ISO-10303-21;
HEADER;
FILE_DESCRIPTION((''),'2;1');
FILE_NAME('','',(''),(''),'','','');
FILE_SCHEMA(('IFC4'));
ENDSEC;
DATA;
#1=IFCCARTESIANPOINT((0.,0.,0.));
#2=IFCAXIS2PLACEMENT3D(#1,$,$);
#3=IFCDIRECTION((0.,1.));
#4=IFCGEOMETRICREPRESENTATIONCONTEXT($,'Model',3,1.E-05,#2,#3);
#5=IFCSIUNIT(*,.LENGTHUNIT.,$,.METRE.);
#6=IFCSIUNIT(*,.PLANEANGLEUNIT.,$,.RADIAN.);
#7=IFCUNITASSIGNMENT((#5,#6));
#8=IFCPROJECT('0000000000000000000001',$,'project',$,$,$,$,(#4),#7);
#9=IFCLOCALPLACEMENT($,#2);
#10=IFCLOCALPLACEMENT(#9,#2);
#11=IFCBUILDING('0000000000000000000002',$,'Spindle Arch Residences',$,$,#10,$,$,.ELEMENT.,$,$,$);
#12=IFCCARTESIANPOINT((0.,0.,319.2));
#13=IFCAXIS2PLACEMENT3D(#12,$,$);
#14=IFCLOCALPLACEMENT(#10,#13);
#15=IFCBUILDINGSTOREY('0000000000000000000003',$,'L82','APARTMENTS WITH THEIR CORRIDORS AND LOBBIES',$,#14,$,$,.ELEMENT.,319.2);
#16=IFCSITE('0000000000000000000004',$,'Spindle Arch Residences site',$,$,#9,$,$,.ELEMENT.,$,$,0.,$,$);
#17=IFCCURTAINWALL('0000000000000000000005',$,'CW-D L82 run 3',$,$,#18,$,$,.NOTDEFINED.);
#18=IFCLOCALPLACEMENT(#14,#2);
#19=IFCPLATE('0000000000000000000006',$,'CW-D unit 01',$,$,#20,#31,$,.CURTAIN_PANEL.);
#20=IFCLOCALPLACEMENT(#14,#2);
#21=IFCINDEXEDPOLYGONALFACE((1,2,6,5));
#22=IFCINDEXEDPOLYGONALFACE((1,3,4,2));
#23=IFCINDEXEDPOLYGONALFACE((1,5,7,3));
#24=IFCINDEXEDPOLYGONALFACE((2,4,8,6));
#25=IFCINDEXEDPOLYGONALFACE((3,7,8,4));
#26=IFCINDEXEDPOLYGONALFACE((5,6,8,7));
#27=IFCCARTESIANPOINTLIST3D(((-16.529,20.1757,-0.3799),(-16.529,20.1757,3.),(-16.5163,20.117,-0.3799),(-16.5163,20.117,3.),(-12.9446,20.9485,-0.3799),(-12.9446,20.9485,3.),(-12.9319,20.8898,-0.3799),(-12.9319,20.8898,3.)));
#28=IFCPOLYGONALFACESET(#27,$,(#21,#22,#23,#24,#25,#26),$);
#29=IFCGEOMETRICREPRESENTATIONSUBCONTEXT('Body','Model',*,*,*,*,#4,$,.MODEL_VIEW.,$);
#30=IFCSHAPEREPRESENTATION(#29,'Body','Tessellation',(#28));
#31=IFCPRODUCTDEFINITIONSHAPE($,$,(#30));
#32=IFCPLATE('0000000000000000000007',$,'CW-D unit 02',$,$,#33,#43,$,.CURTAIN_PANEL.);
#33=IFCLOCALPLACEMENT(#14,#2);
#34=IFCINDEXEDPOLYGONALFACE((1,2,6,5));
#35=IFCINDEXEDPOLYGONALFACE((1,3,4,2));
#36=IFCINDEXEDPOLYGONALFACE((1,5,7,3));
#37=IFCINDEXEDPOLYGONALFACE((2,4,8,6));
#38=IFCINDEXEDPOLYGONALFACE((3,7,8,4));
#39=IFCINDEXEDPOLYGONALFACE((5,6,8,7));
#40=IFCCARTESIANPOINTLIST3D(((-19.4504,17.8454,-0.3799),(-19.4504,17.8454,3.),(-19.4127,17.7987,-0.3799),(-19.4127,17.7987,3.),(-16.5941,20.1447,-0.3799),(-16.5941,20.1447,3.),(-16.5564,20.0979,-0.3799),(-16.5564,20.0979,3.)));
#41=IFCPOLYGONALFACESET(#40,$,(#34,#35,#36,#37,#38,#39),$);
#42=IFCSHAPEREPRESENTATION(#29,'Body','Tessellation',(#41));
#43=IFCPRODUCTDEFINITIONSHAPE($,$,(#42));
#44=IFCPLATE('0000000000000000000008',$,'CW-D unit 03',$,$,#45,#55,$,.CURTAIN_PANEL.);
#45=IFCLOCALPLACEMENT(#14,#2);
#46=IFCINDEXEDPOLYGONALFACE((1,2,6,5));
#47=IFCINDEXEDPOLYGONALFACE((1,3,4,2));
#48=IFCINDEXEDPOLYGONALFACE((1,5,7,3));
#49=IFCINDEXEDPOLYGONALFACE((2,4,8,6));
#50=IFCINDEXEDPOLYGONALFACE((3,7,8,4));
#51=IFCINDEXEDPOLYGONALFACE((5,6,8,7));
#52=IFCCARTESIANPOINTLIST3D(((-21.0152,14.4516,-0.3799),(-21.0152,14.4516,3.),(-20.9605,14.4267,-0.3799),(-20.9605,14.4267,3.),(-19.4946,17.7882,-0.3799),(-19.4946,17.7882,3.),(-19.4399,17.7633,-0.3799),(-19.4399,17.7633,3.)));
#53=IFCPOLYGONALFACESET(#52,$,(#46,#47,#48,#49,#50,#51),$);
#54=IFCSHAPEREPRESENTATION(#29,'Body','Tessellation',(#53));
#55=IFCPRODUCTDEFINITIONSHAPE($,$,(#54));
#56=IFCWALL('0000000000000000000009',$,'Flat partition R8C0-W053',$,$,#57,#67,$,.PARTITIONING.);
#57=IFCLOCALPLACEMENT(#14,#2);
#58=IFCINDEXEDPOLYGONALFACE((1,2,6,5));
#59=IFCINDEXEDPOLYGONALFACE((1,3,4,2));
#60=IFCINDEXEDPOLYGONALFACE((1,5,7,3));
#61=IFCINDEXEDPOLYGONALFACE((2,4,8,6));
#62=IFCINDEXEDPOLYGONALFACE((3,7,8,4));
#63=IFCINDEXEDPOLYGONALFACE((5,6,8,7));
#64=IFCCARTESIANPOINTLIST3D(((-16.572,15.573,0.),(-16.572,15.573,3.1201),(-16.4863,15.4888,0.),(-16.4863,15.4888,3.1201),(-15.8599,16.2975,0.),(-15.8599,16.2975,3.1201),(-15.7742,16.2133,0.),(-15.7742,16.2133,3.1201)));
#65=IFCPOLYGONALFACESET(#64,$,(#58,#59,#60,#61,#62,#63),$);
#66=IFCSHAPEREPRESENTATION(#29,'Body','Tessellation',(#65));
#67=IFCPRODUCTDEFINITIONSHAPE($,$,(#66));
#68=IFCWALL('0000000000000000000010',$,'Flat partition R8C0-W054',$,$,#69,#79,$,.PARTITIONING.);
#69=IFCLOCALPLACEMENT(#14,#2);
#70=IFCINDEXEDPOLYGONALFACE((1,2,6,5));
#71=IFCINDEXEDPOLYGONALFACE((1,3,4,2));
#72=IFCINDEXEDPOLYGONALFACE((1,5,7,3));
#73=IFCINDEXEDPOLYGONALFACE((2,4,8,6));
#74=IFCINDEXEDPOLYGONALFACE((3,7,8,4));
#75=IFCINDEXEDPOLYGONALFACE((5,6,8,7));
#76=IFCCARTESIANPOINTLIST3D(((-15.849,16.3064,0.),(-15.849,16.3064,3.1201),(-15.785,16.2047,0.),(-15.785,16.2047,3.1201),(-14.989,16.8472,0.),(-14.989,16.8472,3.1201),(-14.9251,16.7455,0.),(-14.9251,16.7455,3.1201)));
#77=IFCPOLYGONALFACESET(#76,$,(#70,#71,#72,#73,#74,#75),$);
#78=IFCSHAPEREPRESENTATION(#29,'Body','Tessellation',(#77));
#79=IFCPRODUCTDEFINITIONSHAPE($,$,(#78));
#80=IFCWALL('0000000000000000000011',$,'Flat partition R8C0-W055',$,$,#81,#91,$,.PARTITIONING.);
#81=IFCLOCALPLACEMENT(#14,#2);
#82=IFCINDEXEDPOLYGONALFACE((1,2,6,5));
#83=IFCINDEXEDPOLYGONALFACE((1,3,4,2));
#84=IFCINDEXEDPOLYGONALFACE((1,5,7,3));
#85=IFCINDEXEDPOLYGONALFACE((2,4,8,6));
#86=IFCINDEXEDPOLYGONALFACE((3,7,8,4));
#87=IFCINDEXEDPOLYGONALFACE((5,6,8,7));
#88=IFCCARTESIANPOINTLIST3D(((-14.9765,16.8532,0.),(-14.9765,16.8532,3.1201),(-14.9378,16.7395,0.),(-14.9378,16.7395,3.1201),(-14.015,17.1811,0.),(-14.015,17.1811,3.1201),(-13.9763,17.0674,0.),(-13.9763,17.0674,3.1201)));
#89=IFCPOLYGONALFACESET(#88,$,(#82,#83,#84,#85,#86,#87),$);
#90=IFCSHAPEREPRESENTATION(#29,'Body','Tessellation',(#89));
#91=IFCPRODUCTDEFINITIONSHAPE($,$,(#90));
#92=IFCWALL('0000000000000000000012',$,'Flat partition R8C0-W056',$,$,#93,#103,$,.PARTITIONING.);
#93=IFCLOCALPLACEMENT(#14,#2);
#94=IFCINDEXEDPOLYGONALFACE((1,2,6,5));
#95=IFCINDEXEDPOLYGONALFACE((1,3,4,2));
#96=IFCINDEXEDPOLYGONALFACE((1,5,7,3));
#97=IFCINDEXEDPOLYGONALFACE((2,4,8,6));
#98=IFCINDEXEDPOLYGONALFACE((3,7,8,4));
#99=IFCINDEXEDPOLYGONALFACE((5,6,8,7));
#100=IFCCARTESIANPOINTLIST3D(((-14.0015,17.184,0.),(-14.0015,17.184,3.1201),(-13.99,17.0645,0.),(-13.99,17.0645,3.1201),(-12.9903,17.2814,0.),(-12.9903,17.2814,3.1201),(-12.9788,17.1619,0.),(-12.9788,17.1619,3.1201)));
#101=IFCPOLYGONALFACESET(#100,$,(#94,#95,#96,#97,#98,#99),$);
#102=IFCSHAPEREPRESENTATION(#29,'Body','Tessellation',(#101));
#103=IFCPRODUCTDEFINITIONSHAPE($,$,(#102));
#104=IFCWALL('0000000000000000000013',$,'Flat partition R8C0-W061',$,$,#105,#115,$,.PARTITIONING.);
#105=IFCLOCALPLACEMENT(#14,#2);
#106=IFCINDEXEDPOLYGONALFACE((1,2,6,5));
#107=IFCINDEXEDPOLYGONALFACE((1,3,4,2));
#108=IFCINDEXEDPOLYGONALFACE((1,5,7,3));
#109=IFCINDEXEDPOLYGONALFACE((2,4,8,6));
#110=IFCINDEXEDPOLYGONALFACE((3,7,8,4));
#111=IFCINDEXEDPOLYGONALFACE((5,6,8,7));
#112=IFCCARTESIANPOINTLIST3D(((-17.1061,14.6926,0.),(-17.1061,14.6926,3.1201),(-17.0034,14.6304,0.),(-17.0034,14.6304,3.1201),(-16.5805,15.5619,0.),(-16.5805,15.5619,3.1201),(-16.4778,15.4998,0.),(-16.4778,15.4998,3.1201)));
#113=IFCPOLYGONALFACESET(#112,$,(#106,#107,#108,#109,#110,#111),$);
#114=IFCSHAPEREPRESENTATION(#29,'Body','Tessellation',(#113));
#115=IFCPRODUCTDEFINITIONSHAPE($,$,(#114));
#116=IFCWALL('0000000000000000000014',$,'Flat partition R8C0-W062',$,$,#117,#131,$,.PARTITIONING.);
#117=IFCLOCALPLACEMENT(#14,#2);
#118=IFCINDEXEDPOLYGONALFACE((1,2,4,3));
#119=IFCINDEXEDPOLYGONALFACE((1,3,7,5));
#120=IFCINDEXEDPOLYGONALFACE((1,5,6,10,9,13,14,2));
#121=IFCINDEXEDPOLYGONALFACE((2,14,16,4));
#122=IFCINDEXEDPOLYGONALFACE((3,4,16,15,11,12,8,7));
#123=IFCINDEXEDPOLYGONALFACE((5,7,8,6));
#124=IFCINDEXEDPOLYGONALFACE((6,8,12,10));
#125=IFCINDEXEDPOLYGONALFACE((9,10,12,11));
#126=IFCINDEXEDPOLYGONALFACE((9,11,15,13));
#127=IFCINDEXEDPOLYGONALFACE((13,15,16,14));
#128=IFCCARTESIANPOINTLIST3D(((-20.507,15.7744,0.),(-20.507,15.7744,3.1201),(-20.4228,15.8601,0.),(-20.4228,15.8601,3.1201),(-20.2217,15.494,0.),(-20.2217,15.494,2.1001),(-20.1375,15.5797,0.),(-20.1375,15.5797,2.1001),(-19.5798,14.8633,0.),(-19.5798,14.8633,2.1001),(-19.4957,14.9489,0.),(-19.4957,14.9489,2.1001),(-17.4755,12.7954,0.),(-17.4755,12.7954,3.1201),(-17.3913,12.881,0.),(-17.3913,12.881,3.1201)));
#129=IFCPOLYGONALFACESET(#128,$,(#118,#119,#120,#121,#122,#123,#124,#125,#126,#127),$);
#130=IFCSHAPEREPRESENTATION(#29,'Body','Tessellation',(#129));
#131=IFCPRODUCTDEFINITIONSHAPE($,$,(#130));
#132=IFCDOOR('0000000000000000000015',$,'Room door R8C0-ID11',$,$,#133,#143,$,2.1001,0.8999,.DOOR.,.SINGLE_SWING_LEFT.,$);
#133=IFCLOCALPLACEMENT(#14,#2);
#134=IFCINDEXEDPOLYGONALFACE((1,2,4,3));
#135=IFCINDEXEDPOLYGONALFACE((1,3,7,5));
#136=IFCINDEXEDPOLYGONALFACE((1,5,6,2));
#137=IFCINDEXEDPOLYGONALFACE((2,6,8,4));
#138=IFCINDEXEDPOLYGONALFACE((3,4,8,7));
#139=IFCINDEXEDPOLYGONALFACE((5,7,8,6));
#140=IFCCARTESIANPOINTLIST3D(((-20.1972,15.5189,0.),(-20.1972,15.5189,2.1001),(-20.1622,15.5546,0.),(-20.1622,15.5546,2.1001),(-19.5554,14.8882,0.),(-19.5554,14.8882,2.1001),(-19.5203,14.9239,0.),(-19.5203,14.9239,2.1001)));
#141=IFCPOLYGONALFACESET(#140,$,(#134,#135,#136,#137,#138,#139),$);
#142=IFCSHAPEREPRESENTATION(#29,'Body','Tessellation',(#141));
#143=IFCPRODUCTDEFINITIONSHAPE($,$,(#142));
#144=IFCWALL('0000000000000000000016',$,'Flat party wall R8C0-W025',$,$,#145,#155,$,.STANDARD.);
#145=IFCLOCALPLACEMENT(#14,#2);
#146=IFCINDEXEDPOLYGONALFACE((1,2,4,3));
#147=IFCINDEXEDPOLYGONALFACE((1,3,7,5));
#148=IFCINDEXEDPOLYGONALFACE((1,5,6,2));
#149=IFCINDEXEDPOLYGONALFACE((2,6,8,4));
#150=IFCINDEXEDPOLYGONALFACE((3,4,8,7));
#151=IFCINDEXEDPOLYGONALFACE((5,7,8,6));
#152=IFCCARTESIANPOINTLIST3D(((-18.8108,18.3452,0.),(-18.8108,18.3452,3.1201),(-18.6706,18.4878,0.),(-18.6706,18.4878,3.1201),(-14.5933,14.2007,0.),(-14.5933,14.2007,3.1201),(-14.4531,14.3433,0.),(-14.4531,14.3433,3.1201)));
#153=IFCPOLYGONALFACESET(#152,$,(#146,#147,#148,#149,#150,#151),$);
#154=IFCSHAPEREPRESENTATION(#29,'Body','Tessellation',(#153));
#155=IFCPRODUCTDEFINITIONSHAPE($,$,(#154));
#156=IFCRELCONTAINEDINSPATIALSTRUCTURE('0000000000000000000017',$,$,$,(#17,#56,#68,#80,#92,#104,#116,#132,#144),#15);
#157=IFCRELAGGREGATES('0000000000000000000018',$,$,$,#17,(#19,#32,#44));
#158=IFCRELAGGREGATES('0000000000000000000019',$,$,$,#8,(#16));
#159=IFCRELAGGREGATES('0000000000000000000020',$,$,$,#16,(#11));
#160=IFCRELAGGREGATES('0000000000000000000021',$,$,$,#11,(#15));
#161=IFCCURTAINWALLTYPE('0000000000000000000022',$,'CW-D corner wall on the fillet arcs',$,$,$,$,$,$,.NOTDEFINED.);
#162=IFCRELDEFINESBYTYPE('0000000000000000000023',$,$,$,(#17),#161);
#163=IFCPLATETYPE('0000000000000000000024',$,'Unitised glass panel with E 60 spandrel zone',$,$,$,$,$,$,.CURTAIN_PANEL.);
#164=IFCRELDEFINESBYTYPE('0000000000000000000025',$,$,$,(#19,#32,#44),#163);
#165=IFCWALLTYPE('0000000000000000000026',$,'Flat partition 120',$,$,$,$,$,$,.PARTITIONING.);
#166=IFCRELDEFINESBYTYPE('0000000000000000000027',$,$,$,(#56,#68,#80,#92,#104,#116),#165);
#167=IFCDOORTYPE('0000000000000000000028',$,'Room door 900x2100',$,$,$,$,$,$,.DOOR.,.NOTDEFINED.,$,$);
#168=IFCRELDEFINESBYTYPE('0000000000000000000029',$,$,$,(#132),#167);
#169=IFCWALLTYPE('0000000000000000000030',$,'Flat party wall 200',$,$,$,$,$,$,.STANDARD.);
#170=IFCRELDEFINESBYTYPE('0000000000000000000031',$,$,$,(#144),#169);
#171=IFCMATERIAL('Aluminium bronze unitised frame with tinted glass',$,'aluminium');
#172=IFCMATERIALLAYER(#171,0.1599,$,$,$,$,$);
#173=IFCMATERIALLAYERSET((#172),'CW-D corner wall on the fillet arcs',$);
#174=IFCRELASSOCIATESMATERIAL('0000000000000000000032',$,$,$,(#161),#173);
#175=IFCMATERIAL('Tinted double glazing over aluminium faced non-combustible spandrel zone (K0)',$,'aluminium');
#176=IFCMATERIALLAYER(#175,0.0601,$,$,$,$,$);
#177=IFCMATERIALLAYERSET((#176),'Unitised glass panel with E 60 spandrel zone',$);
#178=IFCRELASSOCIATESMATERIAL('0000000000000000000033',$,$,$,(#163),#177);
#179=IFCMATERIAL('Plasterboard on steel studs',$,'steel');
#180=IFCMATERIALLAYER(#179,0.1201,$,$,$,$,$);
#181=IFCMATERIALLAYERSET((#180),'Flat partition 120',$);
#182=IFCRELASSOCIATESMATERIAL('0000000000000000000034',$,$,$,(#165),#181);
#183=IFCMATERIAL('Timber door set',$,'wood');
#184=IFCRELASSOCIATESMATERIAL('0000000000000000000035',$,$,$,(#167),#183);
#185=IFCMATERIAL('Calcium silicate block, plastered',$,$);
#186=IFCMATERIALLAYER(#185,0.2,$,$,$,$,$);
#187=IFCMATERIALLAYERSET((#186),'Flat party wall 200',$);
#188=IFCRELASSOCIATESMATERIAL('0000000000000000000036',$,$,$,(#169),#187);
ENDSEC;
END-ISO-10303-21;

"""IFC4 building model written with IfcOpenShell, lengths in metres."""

from ifc_helpers import new_model, si_unit, direction, frame, frame_2d, origin, origin_2d, place, context, subcontext, project, spatial, rectangle, extrude, material, layer, layer_set, type_object, element, fill, aggregate, save


model = new_model("IFC4")

# Units and contexts
model_context = context("Model", 3, precision=1e-05, world=origin(), true_north=direction((0.0, 1.0)))
body_context = subcontext(model_context, "Body", "Model", "MODEL_VIEW")
ifc_project = project(units=[si_unit("LENGTHUNIT", "METRE"), si_unit("PLANEANGLEUNIT", "RADIAN")], contexts=[model_context])

# Site, building, storey
site_placement = place(None, origin())
site = spatial("IfcSite", under=ifc_project, at=site_placement, Name="Spindle Arch Residences site", CompositionType="ELEMENT", RefElevation=0.0)
building_placement = place(site_placement, origin())
building = spatial("IfcBuilding", under=site, at=building_placement, Name="Spindle Arch Residences", CompositionType="ELEMENT")
storey_placement = place(building_placement, frame((0.0, 0.0, 319.2)))
storey = spatial("IfcBuildingStorey", under=building, at=storey_placement, Name="L82", Description="APARTMENTS WITH THEIR CORRIDORS AND LOBBIES", CompositionType="ELEMENT", Elevation=319.2)

# Curtain wall
ifc_material_1 = material(Name="Aluminium bronze unitised frame with tinted glass", Category="aluminium")
ifc_layer_1 = layer(ifc_material_1, 0.1599)
ifc_layer_set_1 = layer_set([ifc_layer_1], Name="CW-D corner wall on the fillet arcs")
curtain_wall_type = type_object("IfcCurtainWallType", Name="CW-D corner wall on the fillet arcs", PredefinedType="NOTDEFINED", material=ifc_layer_set_1)
curtain_wall_placement = place(storey_placement, origin())
curtain_wall = element("IfcCurtainWall", 1, at=curtain_wall_placement, inside=storey, type_object=curtain_wall_type, Name="CW-D L82 run 3", PredefinedType="NOTDEFINED")

# Plates
ifc_material_2 = material(Name="Tinted double glazing over aluminium faced non-combustible spandrel zone (K0)", Category="aluminium")
ifc_layer_2 = layer(ifc_material_2, 0.0601)
ifc_layer_set_2 = layer_set([ifc_layer_2], Name="Unitised glass panel with E 60 spandrel zone")
plate_type = type_object("IfcPlateType", Name="Unitised glass panel with E 60 spandrel zone", PredefinedType="CURTAIN_PANEL", material=ifc_layer_set_2)
plate_1_placement = place(storey_placement, frame((-14.7305, 20.5327, -0.3799), z_axis=(0.0, 0.0, 1.0), x_axis=(-0.977539, -0.210756, 0.0)))
plate_1 = element("IfcPlate", 2, at=plate_1_placement, type_object=plate_type, Name="CW-D unit 01", PredefinedType="CURTAIN_PANEL", context=body_context, shape_type="SweptSolid", body=[
    extrude(rectangle(XDim=3.6667, YDim=0.0601, at=origin_2d()), origin(), (0.0, 0.0, 1.0), 3.3799),
])
plate_2_placement = place(storey_placement, frame((-18.0034, 18.9717, -0.3799), z_axis=(0.0, 0.0, 1.0), x_axis=(-0.778973, -0.627057, 0.0)))
plate_2 = element("IfcPlate", 3, at=plate_2_placement, type_object=plate_type, Name="CW-D unit 02", PredefinedType="CURTAIN_PANEL", context=body_context, shape_type="SweptSolid", body=[
    extrude(rectangle(XDim=3.6667, YDim=0.0601, at=origin_2d()), origin(), (0.0, 0.0, 1.0), 3.3799),
])
plate_3_placement = place(storey_placement, frame((-20.2275, 16.1074, -0.3799), z_axis=(0.0, 0.0, 1.0), x_axis=(-0.414693, -0.909961, 0.0)))
plate_3 = element("IfcPlate", 4, at=plate_3_placement, type_object=plate_type, Name="CW-D unit 03", PredefinedType="CURTAIN_PANEL", context=body_context, shape_type="SweptSolid", body=[
    extrude(rectangle(XDim=3.6667, YDim=0.0601, at=origin_2d()), origin(), (0.0, 0.0, 1.0), 3.3799),
])
aggregate(curtain_wall, [plate_1, plate_2, plate_3])

# Walls
ifc_material_3 = material(Name="Plasterboard on steel studs", Category="steel")
ifc_layer_3 = layer(ifc_material_3, 0.1201)
ifc_layer_set_3 = layer_set([ifc_layer_3], Name="Flat partition 120")
wall_type_1 = type_object("IfcWallType", Name="Flat partition 120", PredefinedType="PARTITIONING", material=ifc_layer_set_3)
for number, where, z_axis, x_axis, name in (
    (5, (-16.5291, 15.531, 0.0), (0.0, 0.0, 1.0), (0.700953, 0.713208, 0.0), "Flat partition R8C0-W053"),
    (6, (-15.8169, 16.2556, 0.0), (0.0, 0.0, 1.0), (0.84651, 0.532373, 0.0), "Flat partition R8C0-W054"),
    (7, (-14.957, 16.7964, 0.0), (0.0, 0.0, 1.0), (0.946473, 0.322782, 0.0), "Flat partition R8C0-W055"),
    (8, (-13.9956, 17.1243, 0.0), (0.0, 0.0, 1.0), (0.995392, 0.095886, 0.0), "Flat partition R8C0-W056"),
    (9, (-17.0547, 14.6616, 0.0), (0.0, 0.0, 1.0), (0.517391, 0.855749, 0.0), "Flat partition R8C0-W061"),
):
    element("IfcWall", number, at=place(storey_placement, frame(where, z_axis=z_axis, x_axis=x_axis)), inside=storey, type_object=wall_type_1, Name=name, PredefinedType="PARTITIONING", context=body_context, shape_type="SweptSolid", body=[
        extrude(rectangle(XDim=1.0159, YDim=0.1201, at=frame_2d((0.5078, 0.0))), origin(), (0.0, 0.0, 1.0), 3.1201),
    ])

# Wall, opening, door
wall_1_placement = place(storey_placement, frame((-20.4648, 15.8171, 0.0), z_axis=(0.0, 0.0, 1.0), x_axis=(0.713255, -0.700905, 0.0)))
wall_1 = element("IfcWall", 10, at=wall_1_placement, inside=storey, type_object=wall_type_1, Name="Flat partition R8C0-W062", PredefinedType="PARTITIONING", context=body_context, shape_type="SweptSolid", body=[
    extrude(rectangle(XDim=4.2502, YDim=0.1201, at=frame_2d((2.125, 0.0))), origin(), (0.0, 0.0, 1.0), 3.1201),
])
opening_placement = place(wall_1_placement, frame((0.3999, 0.0, 0.0)))
opening = element("IfcOpeningElement", 11, at=opening_placement, cuts=wall_1, PredefinedType="OPENING", context=body_context, shape_type="SweptSolid", body=[
    extrude(rectangle(XDim=0.8999, YDim=2.1001, at=frame_2d((0.45, 1.05))), frame((0.0, 0.0701, 0.0), z_axis=(0.0, -1.0, 0.0), x_axis=(1.0, 0.0, 0.0)), (0.0, 0.0, 1.0), 0.1401),
])
ifc_material_4 = material(Name="Timber door set", Category="wood")
door_type = type_object("IfcDoorType", Name="Room door 900x2100", OperationType="NOTDEFINED", PredefinedType="DOOR", material=ifc_material_4)
door_placement = place(opening_placement, origin())
door = element("IfcDoor", 12, at=door_placement, inside=storey, type_object=door_type, Name="Room door R8C0-ID11", OperationType="SINGLE_SWING_LEFT", OverallHeight=2.1001, OverallWidth=0.8999, PredefinedType="DOOR", context=body_context, shape_type="SweptSolid", body=[
    extrude(rectangle(XDim=0.8999, YDim=2.1001, at=frame_2d((0.45, 1.05))), frame((0.0, 0.0249, 0.0), z_axis=(0.0, -1.0, 0.0), x_axis=(1.0, 0.0, 0.0)), (0.0, 0.0, 1.0), 0.05),
])
fill(opening, door)

# Wall
ifc_material_5 = material(Name="Calcium silicate block, plastered")
ifc_layer_4 = layer(ifc_material_5, 0.2)
ifc_layer_set_4 = layer_set([ifc_layer_4], Name="Flat party wall 200")
wall_type_2 = type_object("IfcWallType", Name="Flat party wall 200", PredefinedType="STANDARD", material=ifc_layer_set_4)
wall_2_placement = place(storey_placement, frame((-18.7407, 18.4165, 0.0), z_axis=(0.0, 0.0, 1.0), x_axis=(0.713252, -0.700907, 0.0)))
element("IfcWall", 13, at=wall_2_placement, inside=storey, type_object=wall_type_2, Name="Flat party wall R8C0-W025", PredefinedType="STANDARD", context=body_context, shape_type="SweptSolid", body=[
    extrude(rectangle(XDim=5.9131, YDim=0.2, at=frame_2d((2.9565, 0.0))), origin(), (0.0, 0.0, 1.0), 3.1201),
])

save(model, "model.ifc")
